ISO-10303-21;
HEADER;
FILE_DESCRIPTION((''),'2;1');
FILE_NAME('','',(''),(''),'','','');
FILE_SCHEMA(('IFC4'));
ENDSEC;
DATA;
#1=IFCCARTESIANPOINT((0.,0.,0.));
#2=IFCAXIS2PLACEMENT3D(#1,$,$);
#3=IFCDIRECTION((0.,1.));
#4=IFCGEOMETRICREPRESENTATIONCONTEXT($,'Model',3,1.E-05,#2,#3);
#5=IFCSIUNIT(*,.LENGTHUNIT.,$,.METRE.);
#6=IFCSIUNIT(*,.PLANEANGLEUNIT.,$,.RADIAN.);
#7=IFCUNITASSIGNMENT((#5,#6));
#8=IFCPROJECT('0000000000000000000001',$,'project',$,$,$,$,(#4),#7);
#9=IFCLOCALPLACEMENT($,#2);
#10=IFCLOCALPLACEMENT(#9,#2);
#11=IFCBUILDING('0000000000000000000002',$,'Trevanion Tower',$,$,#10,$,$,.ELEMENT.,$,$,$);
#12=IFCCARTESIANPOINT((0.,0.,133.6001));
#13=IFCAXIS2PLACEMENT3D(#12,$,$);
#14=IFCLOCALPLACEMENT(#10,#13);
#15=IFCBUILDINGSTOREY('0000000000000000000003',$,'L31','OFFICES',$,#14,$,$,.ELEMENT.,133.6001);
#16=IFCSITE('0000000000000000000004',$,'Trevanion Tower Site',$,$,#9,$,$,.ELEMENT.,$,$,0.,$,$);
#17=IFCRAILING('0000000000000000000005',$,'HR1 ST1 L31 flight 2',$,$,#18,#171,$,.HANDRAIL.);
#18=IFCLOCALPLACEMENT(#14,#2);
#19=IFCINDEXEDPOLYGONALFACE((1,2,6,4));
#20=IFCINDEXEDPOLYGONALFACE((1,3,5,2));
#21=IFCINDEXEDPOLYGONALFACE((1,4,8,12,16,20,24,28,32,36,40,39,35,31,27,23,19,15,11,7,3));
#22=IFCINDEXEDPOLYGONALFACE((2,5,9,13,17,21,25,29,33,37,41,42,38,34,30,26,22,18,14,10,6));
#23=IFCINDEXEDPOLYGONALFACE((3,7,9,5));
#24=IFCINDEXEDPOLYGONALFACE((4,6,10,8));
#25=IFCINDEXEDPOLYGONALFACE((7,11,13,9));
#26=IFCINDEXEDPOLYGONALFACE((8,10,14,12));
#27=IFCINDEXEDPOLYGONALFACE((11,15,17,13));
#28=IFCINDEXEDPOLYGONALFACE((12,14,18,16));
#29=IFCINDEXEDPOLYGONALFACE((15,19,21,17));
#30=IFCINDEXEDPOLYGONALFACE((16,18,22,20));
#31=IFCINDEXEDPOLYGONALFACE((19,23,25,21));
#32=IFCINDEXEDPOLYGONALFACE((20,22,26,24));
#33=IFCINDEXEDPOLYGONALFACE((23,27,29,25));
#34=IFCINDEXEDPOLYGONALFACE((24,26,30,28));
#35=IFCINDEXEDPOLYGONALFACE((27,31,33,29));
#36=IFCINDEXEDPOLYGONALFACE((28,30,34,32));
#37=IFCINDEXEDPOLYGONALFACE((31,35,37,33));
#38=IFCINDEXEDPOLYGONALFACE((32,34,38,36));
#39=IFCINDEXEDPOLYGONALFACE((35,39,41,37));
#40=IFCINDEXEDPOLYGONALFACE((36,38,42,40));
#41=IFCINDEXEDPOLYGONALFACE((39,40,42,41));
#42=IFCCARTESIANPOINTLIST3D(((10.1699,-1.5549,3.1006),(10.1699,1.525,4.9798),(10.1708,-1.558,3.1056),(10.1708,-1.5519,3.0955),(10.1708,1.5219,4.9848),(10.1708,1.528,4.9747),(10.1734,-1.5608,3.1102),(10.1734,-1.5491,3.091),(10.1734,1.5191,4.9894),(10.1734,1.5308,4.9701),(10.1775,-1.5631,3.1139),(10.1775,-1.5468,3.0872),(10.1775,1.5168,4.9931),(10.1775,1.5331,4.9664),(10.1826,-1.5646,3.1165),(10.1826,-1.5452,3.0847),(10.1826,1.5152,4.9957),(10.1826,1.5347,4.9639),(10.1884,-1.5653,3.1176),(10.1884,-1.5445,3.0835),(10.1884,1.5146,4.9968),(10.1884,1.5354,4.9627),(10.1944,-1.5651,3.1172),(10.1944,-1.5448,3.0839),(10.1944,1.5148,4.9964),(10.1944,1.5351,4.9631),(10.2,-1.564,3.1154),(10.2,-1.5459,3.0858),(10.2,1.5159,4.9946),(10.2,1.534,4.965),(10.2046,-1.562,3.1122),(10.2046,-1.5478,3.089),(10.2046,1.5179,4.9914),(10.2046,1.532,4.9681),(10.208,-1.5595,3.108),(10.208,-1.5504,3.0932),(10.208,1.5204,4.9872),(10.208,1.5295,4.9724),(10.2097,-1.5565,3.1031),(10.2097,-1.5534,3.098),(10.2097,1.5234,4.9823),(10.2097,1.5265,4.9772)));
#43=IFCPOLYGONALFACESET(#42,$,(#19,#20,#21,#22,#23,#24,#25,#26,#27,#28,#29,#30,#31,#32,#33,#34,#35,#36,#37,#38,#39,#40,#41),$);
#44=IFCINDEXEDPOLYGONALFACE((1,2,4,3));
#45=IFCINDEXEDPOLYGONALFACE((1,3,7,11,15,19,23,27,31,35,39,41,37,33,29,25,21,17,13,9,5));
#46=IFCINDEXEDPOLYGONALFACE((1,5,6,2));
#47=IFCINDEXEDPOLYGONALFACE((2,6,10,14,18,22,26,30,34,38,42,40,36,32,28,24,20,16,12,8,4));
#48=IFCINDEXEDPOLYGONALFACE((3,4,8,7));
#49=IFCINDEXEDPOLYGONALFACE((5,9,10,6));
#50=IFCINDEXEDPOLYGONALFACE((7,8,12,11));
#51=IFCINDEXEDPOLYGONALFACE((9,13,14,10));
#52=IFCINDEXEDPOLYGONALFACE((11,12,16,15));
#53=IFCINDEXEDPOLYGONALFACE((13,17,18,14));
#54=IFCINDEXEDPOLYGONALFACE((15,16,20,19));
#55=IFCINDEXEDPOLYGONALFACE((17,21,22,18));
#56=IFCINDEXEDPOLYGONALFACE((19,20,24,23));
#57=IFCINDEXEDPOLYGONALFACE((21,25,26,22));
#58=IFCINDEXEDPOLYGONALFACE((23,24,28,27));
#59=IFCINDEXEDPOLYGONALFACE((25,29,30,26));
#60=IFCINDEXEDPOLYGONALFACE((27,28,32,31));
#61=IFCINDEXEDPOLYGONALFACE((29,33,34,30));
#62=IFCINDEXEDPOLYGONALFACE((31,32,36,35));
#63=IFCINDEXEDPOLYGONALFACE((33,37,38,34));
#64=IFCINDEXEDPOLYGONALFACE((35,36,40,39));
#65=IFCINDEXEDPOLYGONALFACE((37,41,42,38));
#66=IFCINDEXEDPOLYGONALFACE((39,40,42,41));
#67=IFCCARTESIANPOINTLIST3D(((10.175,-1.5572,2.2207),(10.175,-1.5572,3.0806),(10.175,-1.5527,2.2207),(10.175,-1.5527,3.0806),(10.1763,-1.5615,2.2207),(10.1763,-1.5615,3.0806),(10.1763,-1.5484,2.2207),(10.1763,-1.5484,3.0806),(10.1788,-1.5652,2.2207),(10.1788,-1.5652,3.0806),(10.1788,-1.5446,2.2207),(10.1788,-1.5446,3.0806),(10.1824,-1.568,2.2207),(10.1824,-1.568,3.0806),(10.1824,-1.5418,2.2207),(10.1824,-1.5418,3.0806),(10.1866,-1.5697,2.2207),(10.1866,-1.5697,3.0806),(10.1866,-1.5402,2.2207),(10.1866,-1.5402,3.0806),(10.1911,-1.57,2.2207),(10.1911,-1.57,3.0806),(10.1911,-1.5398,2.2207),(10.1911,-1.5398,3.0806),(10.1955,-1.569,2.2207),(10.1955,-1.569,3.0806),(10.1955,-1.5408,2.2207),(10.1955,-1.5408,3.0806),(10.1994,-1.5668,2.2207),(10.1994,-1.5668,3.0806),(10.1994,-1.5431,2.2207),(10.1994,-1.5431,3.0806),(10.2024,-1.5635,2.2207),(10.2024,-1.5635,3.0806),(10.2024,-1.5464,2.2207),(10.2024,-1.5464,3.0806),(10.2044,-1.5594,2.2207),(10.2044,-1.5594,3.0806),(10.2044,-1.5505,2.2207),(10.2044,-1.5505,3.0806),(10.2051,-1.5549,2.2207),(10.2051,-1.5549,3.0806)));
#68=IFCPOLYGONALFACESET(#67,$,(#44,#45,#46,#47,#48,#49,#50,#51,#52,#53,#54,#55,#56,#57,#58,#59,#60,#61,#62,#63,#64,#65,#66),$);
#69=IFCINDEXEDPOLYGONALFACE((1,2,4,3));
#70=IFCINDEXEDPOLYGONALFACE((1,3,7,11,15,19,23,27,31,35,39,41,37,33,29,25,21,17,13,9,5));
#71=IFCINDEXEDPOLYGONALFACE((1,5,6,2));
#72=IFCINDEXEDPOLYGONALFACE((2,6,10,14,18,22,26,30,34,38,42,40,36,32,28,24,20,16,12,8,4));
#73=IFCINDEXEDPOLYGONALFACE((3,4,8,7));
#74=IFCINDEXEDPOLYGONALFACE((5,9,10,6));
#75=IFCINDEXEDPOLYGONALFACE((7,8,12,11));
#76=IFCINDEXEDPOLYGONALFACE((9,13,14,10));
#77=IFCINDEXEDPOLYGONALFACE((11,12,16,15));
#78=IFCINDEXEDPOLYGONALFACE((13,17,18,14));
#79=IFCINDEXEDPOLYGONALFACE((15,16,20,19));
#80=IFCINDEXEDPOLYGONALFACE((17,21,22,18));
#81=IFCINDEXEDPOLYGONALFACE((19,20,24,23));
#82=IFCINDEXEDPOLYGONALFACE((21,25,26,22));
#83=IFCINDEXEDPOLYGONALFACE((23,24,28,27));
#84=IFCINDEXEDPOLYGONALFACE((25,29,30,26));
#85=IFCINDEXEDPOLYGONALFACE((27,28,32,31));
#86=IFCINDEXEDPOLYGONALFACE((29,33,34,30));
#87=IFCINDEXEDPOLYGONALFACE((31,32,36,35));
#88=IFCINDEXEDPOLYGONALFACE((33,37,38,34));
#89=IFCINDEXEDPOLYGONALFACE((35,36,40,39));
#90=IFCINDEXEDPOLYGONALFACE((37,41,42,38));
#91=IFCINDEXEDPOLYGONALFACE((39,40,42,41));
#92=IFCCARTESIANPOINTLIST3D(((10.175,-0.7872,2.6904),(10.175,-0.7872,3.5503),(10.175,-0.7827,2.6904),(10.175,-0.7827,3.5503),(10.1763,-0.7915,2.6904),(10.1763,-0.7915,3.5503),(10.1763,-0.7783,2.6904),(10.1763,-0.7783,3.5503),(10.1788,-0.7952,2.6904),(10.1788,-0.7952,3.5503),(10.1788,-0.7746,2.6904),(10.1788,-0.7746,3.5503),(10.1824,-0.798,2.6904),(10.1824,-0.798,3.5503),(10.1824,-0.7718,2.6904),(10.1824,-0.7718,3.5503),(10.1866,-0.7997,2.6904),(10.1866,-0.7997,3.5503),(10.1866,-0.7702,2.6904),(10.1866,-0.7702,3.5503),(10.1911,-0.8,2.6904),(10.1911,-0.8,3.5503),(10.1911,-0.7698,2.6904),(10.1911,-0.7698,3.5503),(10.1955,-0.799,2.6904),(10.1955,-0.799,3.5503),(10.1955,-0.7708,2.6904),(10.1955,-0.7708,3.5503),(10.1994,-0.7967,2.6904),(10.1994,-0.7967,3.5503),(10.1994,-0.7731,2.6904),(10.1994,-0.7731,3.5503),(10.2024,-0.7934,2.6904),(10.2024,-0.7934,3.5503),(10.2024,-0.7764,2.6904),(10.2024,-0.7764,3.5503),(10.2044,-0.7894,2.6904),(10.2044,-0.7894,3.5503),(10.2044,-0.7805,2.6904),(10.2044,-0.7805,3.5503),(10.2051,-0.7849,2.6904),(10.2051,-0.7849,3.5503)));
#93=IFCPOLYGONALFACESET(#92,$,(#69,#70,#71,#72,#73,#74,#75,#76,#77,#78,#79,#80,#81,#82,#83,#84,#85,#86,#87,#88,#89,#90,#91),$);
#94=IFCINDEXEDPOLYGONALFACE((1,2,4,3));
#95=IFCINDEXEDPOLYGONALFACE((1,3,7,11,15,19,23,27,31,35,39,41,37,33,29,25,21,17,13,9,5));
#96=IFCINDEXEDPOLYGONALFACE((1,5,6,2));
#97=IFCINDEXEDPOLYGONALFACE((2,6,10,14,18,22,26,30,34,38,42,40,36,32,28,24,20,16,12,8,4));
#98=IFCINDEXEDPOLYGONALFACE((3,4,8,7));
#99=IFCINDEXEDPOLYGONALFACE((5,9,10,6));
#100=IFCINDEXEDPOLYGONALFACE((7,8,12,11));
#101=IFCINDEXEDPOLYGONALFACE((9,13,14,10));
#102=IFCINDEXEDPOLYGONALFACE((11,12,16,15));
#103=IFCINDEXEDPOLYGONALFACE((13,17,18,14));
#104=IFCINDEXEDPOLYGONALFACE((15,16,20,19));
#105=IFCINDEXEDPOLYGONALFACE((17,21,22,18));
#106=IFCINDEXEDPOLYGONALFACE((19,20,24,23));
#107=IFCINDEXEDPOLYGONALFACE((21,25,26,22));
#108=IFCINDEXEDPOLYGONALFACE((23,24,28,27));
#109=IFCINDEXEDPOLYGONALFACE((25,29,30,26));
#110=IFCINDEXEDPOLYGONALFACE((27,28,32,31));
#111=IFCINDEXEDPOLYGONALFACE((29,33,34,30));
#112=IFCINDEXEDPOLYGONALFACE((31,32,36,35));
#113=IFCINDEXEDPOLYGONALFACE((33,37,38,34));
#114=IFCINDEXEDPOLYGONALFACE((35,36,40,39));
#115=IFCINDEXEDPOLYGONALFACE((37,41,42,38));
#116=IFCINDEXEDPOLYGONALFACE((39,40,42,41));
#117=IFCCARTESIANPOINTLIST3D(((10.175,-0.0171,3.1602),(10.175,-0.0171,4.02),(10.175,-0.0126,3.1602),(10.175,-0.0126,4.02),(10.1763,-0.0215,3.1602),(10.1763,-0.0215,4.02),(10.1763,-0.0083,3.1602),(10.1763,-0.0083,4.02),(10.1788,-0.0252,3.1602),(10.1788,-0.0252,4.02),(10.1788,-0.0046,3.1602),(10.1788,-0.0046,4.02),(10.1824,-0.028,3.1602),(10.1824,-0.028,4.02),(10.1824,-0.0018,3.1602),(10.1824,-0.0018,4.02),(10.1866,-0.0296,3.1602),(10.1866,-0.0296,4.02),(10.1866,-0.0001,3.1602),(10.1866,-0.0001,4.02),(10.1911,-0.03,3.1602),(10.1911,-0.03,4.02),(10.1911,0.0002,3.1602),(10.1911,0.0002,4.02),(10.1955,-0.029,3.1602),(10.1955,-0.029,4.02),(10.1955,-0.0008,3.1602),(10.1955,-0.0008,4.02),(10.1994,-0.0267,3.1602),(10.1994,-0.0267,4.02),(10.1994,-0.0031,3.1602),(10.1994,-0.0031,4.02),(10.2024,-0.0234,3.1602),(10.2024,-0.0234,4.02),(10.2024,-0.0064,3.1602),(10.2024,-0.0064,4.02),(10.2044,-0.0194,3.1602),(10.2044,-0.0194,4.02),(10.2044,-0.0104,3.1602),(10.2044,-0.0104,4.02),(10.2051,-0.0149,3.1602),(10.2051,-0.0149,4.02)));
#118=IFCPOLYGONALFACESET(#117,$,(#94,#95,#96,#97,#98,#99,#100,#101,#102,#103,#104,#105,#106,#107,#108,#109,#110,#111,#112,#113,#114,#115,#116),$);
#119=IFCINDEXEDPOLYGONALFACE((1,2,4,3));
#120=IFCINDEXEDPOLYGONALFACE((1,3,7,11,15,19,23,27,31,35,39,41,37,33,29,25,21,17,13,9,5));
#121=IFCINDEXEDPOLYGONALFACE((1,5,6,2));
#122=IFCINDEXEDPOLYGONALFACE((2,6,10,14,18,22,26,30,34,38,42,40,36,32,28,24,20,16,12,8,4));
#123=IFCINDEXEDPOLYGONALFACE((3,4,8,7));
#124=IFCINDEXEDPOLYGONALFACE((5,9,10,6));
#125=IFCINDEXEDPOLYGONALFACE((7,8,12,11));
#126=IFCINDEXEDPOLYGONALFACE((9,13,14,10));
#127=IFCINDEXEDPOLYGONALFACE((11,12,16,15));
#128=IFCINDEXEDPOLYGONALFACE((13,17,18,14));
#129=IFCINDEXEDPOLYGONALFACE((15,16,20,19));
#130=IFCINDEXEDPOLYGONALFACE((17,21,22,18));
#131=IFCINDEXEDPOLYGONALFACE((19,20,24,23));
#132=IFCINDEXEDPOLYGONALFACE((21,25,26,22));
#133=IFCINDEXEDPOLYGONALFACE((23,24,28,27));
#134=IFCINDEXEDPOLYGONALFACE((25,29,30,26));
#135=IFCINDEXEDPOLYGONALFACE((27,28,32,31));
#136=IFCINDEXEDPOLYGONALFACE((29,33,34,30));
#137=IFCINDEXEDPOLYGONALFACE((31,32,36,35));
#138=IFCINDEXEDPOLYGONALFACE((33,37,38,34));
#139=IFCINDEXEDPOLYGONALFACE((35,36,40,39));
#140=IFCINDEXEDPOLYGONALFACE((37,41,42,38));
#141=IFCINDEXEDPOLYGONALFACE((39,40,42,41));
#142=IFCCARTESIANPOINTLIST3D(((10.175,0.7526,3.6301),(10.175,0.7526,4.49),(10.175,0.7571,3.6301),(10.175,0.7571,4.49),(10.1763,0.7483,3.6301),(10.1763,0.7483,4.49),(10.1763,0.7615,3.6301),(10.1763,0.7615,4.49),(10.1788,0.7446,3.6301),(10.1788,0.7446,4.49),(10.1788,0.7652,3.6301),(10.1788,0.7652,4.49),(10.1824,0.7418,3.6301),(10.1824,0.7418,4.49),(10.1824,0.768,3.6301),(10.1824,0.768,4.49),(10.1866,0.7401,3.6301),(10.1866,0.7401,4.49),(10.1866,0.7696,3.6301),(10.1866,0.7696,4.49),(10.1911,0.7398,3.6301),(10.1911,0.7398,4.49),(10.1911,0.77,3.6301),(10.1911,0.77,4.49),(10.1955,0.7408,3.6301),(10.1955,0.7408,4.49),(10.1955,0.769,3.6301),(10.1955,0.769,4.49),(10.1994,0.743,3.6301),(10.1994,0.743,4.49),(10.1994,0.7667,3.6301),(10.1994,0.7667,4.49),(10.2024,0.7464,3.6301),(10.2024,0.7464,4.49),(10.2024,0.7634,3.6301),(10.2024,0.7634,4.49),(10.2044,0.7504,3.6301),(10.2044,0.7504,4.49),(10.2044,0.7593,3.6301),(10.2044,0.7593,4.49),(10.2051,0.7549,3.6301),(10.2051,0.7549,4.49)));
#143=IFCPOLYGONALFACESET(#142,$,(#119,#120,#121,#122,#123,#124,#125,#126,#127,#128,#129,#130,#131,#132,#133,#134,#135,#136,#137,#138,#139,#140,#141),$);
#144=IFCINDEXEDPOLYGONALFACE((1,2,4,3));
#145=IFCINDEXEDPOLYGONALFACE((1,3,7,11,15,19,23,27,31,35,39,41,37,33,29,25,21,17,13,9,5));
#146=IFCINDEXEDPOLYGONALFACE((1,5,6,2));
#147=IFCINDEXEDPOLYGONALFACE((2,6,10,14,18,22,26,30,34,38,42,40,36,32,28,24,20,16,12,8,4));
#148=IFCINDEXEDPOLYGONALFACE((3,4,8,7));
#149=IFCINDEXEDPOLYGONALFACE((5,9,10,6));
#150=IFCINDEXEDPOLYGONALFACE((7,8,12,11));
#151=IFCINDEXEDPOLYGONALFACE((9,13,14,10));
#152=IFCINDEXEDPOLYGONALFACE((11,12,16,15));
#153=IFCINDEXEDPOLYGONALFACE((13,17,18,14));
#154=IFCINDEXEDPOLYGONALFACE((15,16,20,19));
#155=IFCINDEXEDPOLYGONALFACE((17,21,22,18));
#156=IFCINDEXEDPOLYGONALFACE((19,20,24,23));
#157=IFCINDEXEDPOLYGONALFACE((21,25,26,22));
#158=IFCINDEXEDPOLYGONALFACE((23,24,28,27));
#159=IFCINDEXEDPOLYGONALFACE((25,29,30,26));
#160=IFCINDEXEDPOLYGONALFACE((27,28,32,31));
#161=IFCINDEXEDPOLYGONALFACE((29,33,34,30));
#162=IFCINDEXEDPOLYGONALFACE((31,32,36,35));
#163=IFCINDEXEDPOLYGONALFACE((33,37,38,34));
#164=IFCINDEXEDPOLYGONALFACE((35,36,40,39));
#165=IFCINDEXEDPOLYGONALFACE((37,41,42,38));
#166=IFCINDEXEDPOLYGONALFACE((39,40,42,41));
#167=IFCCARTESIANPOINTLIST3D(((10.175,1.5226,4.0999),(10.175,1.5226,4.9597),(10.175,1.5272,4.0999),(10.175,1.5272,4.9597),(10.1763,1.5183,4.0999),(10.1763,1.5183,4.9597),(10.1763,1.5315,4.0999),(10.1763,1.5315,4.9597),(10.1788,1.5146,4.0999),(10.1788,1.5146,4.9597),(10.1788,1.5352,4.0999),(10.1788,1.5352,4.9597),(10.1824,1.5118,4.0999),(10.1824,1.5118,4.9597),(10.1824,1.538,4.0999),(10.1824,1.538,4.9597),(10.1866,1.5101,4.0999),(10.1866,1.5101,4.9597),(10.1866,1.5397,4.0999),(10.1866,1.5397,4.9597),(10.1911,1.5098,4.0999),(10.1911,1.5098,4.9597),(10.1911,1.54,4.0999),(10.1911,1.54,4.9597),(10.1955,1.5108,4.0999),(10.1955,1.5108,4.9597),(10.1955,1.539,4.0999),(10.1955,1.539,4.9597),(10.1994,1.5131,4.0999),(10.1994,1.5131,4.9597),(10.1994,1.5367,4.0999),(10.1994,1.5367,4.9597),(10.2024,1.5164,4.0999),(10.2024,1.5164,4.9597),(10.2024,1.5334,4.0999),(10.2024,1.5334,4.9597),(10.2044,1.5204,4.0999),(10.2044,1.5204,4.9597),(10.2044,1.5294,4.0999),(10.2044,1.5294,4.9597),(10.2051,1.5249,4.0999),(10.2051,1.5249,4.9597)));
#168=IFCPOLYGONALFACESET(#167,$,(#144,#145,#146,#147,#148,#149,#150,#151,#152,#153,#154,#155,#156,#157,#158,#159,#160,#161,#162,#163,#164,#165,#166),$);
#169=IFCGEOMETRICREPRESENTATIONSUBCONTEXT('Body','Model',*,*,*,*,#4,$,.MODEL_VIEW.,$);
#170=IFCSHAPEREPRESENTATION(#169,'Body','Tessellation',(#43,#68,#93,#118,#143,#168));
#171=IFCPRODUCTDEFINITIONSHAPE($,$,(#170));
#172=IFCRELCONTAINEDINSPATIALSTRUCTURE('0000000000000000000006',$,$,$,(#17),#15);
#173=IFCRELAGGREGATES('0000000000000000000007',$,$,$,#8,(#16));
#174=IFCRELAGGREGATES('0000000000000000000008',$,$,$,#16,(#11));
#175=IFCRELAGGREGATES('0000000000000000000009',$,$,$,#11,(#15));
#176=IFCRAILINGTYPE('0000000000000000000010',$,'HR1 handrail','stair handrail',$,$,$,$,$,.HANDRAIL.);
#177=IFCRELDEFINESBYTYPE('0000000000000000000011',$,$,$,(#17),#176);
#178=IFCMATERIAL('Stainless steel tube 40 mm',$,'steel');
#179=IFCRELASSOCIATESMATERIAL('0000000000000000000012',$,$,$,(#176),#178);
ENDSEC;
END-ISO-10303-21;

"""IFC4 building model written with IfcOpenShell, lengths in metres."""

from ifc_helpers import new_model, si_unit, direction, frame, origin, origin_2d, place, context, subcontext, project, spatial, circle, extrude, material, type_object, element, save


model = new_model("IFC4")

# Units and contexts
model_context = context("Model", 3, precision=1e-05, world=origin(), true_north=direction((0.0, 1.0)))
body_context = subcontext(model_context, "Body", "Model", "MODEL_VIEW")
ifc_project = project(units=[si_unit("LENGTHUNIT", "METRE"), si_unit("PLANEANGLEUNIT", "RADIAN")], contexts=[model_context])

# Site, building, storey
site_placement = place(None, origin())
site = spatial("IfcSite", under=ifc_project, at=site_placement, Name="Trevanion Tower Site", CompositionType="ELEMENT", RefElevation=0.0)
building_placement = place(site_placement, origin())
building = spatial("IfcBuilding", under=site, at=building_placement, Name="Trevanion Tower", CompositionType="ELEMENT")
storey_placement = place(building_placement, frame((0.0, 0.0, 133.6001)))
storey = spatial("IfcBuildingStorey", under=building, at=storey_placement, Name="L31", Description="OFFICES", CompositionType="ELEMENT", Elevation=133.6001)

# Railing
ifc_material_1 = material(Name="Stainless steel tube 40 mm", Category="steel")
railing_type = type_object("IfcRailingType", Name="HR1 handrail", Description="stair handrail", PredefinedType="HANDRAIL", material=ifc_material_1)
for number, where, name in (
    (1, (10.1899, -1.5549, 2.2207), "HR1 ST1 L31 flight 2"),
):
    element("IfcRailing", number, at=place(storey_placement, frame(where)), inside=storey, type_object=railing_type, Name=name, PredefinedType="HANDRAIL", context=body_context, shape_type="SweptSolid", body=[
        extrude(circle(Radius=0.02, at=origin_2d()), frame((0.0, 0.0, 0.8799), z_axis=(0.0, 0.853648, 0.52085), x_axis=(-1.0, 0.0, 0.0)), (0.0, 0.0, 1.0), 3.6079),
        extrude(circle(Radius=0.0151, at=origin_2d()), origin(), (0.0, 0.0, 1.0), 0.8599),
        extrude(circle(Radius=0.0151, at=origin_2d()), frame((0.0, 0.77, 0.4697)), (0.0, 0.0, 1.0), 0.8599),
        extrude(circle(Radius=0.0151, at=origin_2d()), frame((0.0, 1.54, 0.9395)), (0.0, 0.0, 1.0), 0.8599),
        extrude(circle(Radius=0.0151, at=origin_2d()), frame((0.0, 2.3098, 1.4094)), (0.0, 0.0, 1.0), 0.8599),
        extrude(circle(Radius=0.0151, at=origin_2d()), frame((0.0, 3.0798, 1.8792)), (0.0, 0.0, 1.0), 0.8599),
    ])

save(model, "model.ifc")
